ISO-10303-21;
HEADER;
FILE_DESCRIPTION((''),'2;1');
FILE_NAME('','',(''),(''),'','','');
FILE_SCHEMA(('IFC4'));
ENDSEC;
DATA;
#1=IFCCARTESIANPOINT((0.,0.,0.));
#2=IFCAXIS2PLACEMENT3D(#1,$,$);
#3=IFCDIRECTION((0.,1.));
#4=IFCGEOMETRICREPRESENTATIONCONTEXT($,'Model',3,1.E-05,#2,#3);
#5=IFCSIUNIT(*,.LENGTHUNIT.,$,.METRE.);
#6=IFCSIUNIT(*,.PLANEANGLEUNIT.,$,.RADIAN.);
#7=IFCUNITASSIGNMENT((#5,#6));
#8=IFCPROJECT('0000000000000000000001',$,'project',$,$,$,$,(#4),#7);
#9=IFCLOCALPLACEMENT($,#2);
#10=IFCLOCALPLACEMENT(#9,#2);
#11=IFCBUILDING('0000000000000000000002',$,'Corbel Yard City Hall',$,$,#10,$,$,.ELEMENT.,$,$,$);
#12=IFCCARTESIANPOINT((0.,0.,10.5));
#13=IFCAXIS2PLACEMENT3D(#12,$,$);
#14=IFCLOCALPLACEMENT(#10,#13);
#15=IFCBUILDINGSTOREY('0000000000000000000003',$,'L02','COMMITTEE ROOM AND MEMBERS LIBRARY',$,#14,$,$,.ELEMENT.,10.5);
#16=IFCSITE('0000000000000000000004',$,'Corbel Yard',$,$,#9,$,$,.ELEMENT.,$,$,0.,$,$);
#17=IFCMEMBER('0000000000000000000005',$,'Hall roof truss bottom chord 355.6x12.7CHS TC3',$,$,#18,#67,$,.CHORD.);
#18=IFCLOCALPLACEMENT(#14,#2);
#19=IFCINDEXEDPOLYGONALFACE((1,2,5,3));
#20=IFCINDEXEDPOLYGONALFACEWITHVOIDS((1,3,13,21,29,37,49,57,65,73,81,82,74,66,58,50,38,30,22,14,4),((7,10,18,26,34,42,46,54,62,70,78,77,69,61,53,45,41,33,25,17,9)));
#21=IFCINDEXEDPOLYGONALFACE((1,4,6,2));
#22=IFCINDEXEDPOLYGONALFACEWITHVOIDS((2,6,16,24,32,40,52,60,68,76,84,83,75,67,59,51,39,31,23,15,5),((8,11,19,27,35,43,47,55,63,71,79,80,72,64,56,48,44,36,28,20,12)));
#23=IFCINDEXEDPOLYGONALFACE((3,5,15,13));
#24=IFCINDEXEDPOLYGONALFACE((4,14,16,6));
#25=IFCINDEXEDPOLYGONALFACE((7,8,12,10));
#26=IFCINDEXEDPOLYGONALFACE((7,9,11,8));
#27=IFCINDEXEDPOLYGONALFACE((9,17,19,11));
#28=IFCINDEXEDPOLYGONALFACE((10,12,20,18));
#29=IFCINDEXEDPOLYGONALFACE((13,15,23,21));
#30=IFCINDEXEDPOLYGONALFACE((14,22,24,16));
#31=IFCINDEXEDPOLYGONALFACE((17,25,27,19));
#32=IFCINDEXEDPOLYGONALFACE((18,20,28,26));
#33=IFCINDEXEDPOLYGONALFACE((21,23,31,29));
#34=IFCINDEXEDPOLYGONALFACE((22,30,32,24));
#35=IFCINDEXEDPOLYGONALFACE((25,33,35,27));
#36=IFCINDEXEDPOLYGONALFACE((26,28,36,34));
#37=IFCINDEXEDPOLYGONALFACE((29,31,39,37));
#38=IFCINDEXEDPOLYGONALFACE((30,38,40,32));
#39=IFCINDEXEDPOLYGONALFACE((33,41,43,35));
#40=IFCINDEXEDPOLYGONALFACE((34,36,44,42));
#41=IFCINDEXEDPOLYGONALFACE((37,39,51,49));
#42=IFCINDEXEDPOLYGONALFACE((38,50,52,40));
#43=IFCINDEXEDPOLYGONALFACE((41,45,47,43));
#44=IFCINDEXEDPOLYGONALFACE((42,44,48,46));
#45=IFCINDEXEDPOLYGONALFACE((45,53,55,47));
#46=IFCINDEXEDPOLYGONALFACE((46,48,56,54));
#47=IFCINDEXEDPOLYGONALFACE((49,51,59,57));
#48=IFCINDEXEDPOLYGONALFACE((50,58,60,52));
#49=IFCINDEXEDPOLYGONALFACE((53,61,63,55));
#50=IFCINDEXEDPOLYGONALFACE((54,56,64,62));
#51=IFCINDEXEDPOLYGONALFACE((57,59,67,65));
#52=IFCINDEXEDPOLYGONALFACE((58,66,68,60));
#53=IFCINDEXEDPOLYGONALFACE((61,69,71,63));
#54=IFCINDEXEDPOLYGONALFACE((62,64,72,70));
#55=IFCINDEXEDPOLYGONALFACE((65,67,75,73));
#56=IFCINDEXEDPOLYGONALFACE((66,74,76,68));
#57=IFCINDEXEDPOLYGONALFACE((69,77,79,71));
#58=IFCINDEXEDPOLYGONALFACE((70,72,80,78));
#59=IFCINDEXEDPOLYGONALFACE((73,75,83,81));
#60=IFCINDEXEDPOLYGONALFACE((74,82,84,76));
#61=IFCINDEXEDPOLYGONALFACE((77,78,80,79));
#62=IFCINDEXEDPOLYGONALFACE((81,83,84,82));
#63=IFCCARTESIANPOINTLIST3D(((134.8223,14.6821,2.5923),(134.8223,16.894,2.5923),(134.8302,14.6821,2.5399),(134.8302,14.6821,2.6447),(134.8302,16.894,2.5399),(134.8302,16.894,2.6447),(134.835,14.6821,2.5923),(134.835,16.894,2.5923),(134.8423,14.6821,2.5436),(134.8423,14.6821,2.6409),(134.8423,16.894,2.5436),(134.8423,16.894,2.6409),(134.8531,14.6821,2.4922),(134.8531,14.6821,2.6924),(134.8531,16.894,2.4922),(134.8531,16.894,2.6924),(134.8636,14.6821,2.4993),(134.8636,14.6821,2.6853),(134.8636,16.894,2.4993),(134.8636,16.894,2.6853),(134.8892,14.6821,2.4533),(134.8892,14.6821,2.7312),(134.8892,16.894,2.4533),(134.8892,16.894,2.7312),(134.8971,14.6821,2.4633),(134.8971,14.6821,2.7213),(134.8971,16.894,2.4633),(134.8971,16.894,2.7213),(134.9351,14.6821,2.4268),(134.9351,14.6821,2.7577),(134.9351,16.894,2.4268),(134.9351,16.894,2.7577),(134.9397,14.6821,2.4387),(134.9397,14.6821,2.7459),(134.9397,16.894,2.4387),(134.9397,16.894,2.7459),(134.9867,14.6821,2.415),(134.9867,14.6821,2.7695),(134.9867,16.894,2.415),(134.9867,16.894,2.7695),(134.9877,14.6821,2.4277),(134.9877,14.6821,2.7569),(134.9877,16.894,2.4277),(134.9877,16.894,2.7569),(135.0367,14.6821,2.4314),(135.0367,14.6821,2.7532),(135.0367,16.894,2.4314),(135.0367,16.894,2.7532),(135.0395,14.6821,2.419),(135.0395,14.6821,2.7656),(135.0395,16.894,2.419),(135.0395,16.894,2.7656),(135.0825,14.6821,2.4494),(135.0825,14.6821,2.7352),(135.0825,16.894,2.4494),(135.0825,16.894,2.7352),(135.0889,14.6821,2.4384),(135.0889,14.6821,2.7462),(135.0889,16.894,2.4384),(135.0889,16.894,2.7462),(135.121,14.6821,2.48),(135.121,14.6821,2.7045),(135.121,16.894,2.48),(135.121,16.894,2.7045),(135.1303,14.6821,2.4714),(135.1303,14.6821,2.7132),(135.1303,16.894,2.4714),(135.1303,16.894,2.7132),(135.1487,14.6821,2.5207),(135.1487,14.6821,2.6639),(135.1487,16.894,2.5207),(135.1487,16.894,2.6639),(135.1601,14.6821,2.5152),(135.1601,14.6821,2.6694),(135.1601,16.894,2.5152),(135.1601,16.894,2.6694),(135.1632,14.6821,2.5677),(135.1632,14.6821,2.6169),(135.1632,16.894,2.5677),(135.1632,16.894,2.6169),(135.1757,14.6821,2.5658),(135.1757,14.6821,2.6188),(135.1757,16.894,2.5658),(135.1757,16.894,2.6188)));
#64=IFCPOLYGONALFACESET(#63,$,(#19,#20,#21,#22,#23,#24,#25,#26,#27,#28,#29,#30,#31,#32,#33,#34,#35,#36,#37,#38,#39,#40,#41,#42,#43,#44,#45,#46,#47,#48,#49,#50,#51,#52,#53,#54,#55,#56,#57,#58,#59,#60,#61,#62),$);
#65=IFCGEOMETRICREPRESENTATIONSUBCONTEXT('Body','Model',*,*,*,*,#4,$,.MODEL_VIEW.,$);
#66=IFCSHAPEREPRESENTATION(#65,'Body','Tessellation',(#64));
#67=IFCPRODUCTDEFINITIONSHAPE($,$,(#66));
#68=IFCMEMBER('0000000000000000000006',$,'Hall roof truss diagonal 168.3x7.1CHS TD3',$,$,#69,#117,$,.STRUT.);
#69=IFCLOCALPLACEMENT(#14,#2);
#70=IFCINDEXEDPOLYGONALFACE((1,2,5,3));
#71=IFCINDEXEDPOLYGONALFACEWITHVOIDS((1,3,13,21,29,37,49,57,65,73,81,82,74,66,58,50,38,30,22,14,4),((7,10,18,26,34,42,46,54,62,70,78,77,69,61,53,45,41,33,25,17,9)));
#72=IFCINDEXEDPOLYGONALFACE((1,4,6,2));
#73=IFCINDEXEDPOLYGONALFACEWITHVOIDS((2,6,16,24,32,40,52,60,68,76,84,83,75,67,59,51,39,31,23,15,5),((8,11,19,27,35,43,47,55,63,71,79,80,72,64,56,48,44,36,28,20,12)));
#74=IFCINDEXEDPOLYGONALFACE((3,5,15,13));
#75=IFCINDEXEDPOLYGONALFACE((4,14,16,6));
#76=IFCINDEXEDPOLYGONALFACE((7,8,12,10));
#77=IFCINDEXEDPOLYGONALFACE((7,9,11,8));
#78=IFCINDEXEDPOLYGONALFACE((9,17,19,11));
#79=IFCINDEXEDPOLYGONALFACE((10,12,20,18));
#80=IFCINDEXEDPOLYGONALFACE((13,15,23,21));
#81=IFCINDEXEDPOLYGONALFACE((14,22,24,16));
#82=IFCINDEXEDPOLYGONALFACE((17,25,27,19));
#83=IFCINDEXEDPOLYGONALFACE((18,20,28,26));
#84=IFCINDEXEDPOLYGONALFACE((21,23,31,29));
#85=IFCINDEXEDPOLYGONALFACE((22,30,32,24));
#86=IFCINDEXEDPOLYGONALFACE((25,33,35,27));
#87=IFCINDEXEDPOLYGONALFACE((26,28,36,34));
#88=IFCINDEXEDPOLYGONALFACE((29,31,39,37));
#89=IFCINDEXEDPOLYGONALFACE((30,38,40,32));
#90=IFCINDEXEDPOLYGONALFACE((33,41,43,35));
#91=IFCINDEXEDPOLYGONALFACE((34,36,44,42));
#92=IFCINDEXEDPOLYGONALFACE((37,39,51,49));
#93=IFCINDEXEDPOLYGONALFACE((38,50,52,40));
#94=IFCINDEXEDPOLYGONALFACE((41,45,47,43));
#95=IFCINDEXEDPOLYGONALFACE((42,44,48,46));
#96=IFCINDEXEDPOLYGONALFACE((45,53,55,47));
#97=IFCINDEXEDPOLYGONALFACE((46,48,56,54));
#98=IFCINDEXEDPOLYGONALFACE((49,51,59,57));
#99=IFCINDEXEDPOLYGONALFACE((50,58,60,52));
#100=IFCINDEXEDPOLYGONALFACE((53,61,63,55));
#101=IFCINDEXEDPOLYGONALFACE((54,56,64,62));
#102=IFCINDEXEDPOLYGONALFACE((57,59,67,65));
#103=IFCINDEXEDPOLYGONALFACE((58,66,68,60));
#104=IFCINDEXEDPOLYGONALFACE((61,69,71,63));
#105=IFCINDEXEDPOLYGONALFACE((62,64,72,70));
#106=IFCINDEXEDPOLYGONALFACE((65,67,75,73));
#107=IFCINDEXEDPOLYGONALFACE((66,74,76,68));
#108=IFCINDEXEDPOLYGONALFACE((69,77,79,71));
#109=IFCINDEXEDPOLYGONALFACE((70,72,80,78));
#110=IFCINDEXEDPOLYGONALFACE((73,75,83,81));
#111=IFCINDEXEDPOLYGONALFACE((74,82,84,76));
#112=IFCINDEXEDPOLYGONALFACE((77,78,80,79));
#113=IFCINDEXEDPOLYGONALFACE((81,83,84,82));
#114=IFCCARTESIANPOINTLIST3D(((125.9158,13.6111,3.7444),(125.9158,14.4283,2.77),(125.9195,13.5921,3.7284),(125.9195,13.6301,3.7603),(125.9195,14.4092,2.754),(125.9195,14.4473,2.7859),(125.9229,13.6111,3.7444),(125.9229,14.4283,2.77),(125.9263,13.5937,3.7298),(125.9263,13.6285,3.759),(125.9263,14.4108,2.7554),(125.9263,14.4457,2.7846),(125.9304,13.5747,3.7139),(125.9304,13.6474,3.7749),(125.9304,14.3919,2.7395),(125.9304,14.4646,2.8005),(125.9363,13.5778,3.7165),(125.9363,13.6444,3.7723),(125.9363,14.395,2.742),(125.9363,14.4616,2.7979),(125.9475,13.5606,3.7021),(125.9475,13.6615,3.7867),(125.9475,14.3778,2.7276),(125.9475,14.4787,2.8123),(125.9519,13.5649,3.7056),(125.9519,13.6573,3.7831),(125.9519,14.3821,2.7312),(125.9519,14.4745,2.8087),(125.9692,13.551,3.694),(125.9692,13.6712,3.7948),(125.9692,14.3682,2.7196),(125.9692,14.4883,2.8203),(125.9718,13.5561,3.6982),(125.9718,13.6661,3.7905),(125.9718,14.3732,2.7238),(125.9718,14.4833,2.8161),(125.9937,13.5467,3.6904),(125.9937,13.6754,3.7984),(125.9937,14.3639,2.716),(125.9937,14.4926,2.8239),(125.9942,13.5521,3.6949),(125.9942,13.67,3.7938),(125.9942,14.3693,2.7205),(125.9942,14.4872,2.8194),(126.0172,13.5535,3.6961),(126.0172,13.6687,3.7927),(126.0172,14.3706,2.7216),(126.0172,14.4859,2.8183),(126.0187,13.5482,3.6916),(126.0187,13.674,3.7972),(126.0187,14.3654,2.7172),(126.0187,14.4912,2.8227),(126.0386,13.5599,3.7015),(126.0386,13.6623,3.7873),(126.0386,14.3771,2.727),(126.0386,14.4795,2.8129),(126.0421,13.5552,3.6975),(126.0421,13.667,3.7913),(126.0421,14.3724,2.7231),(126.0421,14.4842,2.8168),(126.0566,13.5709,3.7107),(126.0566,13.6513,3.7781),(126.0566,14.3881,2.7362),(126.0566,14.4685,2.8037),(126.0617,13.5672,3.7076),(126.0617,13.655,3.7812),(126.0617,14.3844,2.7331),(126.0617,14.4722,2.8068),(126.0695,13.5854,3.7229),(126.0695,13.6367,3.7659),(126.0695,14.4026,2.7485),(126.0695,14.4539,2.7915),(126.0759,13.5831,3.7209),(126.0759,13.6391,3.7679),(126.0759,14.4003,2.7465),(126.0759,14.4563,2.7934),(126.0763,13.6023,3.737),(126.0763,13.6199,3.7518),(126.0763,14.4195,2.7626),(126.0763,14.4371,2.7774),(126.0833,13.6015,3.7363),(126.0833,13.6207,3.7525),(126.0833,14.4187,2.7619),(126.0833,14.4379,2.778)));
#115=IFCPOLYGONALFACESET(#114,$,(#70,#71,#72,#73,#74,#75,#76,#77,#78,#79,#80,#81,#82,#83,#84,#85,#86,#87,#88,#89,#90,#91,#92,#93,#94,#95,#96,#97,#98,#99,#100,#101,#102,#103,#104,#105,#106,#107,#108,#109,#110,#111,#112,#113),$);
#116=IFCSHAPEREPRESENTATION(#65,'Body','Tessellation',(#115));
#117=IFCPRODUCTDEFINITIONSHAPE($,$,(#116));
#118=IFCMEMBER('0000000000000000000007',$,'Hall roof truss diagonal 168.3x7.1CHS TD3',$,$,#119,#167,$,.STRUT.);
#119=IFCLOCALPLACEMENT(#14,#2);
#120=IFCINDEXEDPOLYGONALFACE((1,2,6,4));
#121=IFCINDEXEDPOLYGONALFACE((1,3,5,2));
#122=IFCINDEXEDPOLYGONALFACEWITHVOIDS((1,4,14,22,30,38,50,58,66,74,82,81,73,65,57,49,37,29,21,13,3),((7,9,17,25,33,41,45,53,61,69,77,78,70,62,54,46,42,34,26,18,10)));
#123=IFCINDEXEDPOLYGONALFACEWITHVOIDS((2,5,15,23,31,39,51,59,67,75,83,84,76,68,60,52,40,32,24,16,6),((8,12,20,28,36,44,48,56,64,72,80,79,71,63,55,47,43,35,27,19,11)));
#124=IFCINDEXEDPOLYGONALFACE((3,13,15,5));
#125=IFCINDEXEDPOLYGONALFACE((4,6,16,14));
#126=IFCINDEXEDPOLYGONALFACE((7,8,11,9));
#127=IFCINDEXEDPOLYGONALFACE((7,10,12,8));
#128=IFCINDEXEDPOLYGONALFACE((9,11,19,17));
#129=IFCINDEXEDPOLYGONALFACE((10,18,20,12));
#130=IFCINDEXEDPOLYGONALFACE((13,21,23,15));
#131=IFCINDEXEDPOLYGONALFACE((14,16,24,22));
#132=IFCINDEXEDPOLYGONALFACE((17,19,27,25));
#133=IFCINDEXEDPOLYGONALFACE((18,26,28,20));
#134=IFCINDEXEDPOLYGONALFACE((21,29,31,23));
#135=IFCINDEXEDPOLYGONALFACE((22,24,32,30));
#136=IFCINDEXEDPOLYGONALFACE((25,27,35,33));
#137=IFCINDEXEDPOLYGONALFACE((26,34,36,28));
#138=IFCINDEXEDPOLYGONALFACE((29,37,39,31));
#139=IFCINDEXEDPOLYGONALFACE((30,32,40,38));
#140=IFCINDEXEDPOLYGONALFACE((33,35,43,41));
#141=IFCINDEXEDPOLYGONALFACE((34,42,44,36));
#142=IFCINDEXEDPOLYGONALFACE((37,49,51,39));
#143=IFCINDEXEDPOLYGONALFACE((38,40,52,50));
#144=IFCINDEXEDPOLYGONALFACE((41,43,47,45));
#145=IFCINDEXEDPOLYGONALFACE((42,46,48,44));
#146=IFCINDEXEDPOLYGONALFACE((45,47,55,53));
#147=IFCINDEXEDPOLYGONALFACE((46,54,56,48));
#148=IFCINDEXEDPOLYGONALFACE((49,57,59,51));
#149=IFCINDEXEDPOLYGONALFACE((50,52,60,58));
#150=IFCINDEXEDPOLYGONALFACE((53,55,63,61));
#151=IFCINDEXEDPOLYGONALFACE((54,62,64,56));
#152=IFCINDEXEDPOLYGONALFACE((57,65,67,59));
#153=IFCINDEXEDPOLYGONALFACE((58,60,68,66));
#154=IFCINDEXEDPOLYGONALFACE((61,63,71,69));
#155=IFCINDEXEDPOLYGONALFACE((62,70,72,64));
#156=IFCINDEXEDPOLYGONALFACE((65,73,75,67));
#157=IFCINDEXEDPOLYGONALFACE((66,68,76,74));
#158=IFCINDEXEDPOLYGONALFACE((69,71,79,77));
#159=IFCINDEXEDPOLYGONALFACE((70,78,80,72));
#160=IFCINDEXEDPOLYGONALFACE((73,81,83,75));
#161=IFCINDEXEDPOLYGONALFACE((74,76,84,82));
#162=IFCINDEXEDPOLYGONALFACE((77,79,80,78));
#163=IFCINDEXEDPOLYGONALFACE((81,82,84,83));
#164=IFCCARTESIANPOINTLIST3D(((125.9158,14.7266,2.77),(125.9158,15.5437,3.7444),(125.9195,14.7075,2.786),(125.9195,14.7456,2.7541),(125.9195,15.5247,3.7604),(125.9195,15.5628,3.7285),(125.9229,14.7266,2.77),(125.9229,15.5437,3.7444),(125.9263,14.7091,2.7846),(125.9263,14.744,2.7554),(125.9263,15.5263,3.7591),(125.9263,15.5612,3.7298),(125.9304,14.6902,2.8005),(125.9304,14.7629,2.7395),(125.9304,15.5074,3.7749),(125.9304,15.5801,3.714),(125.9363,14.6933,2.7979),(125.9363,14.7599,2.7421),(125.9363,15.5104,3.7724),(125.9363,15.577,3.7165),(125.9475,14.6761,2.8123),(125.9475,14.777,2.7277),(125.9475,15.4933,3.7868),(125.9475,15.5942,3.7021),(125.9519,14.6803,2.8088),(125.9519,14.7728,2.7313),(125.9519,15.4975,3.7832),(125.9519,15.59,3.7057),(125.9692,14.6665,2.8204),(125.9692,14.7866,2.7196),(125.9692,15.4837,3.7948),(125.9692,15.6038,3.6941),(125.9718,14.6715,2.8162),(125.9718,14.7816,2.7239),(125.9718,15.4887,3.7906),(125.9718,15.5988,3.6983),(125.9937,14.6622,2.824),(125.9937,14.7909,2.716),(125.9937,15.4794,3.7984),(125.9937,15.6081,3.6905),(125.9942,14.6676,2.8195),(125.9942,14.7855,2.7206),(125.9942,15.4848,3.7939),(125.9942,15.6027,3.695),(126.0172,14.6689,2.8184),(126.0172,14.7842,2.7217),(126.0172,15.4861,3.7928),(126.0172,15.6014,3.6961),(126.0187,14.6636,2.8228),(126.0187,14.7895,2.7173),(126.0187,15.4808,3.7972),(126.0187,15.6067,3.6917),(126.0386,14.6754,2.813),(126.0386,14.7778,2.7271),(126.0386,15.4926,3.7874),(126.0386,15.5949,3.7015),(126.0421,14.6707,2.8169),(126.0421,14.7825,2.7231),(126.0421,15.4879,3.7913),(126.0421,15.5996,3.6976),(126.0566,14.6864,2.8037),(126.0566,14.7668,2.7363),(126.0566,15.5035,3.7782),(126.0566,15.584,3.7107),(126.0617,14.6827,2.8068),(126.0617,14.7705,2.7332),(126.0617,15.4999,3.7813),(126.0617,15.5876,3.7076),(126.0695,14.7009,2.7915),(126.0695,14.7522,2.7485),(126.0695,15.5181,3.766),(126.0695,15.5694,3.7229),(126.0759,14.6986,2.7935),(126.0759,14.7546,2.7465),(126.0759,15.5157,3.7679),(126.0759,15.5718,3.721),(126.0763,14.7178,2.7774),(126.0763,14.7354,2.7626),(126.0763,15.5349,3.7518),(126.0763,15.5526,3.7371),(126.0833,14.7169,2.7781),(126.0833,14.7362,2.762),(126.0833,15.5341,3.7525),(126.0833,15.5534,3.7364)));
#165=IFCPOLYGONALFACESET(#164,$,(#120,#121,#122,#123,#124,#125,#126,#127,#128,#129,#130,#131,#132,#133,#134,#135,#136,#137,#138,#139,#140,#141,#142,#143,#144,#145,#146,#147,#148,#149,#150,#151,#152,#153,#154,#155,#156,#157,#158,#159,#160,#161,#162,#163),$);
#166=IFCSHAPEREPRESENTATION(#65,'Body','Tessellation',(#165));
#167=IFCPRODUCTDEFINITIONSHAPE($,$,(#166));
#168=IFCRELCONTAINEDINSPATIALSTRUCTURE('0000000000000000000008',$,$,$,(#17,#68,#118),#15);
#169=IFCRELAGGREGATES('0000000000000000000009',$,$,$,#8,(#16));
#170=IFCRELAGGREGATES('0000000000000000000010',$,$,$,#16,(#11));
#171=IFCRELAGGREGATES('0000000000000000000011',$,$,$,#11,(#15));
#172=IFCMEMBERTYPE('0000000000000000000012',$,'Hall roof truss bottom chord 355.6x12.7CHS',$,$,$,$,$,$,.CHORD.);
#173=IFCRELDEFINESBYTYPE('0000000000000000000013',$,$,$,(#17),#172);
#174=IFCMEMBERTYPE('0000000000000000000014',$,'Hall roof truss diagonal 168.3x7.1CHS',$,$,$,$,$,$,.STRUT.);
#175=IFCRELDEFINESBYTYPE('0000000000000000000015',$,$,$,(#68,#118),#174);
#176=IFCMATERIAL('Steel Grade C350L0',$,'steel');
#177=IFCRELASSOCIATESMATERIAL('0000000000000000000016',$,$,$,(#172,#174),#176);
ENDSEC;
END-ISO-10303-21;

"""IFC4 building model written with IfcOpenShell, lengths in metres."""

from ifc_helpers import new_model, si_unit, direction, frame, origin, origin_2d, place, context, subcontext, project, spatial, hollow_circle, extrude, material, material_profile, profile_set, type_object, element, save


model = new_model("IFC4")

# Units and contexts
model_context = context("Model", 3, precision=1e-05, world=origin(), true_north=direction((0.0, 1.0)))
body_context = subcontext(model_context, "Body", "Model", "MODEL_VIEW")
ifc_project = project(units=[si_unit("LENGTHUNIT", "METRE"), si_unit("PLANEANGLEUNIT", "RADIAN")], contexts=[model_context])

# Site, building, storey
site_placement = place(None, origin())
site = spatial("IfcSite", under=ifc_project, at=site_placement, Name="Corbel Yard", CompositionType="ELEMENT", RefElevation=0.0)
building_placement = place(site_placement, origin())
building = spatial("IfcBuilding", under=site, at=building_placement, Name="Corbel Yard City Hall", CompositionType="ELEMENT")
storey_placement = place(building_placement, frame((0.0, 0.0, 10.5)))
storey = spatial("IfcBuildingStorey", under=building, at=storey_placement, Name="L02", Description="COMMITTEE ROOM AND MEMBERS LIBRARY", CompositionType="ELEMENT", Elevation=10.5)

# Members
ifc_material_1 = material(Name="Steel Grade C350L0", Category="steel")
ifc_material_profile_1 = material_profile(ifc_material_1, hollow_circle(Radius=0.1777, WallThickness=0.0127, at=origin_2d()), Name="355.6x12.7CHS")
ifc_profile_set_1 = profile_set([ifc_material_profile_1], Name="Steel Grade C350L0")
member_type_1 = type_object("IfcMemberType", Name="Hall roof truss bottom chord 355.6x12.7CHS", PredefinedType="CHORD", material=ifc_profile_set_1)
member_1_placement = place(storey_placement, frame((135.0, 14.6821, 2.5923), z_axis=(0.0, 1.0, 0.0), x_axis=(-1.0, 0.0, 0.0)))
element("IfcMember", 1, at=member_1_placement, inside=storey, type_object=member_type_1, Name="Hall roof truss bottom chord 355.6x12.7CHS TC3", PredefinedType="CHORD", context=body_context, shape_type="SweptSolid", body=[
    extrude(hollow_circle(Radius=0.1777, WallThickness=0.0127, at=origin_2d()), origin(), (0.0, 0.0, 1.0), 2.2119),
])
ifc_material_profile_2 = material_profile(ifc_material_1, hollow_circle(Radius=0.0842, WallThickness=0.0071, at=origin_2d()), Name="168.3x7.1CHS")
ifc_profile_set_2 = profile_set([ifc_material_profile_2], Name="Steel Grade C350L0")
member_type_2 = type_object("IfcMemberType", Name="Hall roof truss diagonal 168.3x7.1CHS", PredefinedType="STRUT", material=ifc_profile_set_2)
for number, where, z_axis, x_axis, name in (
    (2, (126.0, 13.6111, 3.7444), (0.0, 0.64258, -0.766219), (-1.0, 0.0, 0.0), "Hall roof truss diagonal 168.3x7.1CHS TD3"),
    (3, (126.0, 14.7266, 2.77), (0.0, 0.64258, 0.766219), (-1.0, 0.0, 0.0), "Hall roof truss diagonal 168.3x7.1CHS TD3"),
):
    element("IfcMember", number, at=place(storey_placement, frame(where, z_axis=z_axis, x_axis=x_axis)), inside=storey, type_object=member_type_2, Name=name, PredefinedType="STRUT", context=body_context, shape_type="SweptSolid", body=[
        extrude(hollow_circle(Radius=0.0842, WallThickness=0.0071, at=origin_2d()), origin(), (0.0, 0.0, 1.0), 1.2717),
    ])

save(model, "model.ifc")
